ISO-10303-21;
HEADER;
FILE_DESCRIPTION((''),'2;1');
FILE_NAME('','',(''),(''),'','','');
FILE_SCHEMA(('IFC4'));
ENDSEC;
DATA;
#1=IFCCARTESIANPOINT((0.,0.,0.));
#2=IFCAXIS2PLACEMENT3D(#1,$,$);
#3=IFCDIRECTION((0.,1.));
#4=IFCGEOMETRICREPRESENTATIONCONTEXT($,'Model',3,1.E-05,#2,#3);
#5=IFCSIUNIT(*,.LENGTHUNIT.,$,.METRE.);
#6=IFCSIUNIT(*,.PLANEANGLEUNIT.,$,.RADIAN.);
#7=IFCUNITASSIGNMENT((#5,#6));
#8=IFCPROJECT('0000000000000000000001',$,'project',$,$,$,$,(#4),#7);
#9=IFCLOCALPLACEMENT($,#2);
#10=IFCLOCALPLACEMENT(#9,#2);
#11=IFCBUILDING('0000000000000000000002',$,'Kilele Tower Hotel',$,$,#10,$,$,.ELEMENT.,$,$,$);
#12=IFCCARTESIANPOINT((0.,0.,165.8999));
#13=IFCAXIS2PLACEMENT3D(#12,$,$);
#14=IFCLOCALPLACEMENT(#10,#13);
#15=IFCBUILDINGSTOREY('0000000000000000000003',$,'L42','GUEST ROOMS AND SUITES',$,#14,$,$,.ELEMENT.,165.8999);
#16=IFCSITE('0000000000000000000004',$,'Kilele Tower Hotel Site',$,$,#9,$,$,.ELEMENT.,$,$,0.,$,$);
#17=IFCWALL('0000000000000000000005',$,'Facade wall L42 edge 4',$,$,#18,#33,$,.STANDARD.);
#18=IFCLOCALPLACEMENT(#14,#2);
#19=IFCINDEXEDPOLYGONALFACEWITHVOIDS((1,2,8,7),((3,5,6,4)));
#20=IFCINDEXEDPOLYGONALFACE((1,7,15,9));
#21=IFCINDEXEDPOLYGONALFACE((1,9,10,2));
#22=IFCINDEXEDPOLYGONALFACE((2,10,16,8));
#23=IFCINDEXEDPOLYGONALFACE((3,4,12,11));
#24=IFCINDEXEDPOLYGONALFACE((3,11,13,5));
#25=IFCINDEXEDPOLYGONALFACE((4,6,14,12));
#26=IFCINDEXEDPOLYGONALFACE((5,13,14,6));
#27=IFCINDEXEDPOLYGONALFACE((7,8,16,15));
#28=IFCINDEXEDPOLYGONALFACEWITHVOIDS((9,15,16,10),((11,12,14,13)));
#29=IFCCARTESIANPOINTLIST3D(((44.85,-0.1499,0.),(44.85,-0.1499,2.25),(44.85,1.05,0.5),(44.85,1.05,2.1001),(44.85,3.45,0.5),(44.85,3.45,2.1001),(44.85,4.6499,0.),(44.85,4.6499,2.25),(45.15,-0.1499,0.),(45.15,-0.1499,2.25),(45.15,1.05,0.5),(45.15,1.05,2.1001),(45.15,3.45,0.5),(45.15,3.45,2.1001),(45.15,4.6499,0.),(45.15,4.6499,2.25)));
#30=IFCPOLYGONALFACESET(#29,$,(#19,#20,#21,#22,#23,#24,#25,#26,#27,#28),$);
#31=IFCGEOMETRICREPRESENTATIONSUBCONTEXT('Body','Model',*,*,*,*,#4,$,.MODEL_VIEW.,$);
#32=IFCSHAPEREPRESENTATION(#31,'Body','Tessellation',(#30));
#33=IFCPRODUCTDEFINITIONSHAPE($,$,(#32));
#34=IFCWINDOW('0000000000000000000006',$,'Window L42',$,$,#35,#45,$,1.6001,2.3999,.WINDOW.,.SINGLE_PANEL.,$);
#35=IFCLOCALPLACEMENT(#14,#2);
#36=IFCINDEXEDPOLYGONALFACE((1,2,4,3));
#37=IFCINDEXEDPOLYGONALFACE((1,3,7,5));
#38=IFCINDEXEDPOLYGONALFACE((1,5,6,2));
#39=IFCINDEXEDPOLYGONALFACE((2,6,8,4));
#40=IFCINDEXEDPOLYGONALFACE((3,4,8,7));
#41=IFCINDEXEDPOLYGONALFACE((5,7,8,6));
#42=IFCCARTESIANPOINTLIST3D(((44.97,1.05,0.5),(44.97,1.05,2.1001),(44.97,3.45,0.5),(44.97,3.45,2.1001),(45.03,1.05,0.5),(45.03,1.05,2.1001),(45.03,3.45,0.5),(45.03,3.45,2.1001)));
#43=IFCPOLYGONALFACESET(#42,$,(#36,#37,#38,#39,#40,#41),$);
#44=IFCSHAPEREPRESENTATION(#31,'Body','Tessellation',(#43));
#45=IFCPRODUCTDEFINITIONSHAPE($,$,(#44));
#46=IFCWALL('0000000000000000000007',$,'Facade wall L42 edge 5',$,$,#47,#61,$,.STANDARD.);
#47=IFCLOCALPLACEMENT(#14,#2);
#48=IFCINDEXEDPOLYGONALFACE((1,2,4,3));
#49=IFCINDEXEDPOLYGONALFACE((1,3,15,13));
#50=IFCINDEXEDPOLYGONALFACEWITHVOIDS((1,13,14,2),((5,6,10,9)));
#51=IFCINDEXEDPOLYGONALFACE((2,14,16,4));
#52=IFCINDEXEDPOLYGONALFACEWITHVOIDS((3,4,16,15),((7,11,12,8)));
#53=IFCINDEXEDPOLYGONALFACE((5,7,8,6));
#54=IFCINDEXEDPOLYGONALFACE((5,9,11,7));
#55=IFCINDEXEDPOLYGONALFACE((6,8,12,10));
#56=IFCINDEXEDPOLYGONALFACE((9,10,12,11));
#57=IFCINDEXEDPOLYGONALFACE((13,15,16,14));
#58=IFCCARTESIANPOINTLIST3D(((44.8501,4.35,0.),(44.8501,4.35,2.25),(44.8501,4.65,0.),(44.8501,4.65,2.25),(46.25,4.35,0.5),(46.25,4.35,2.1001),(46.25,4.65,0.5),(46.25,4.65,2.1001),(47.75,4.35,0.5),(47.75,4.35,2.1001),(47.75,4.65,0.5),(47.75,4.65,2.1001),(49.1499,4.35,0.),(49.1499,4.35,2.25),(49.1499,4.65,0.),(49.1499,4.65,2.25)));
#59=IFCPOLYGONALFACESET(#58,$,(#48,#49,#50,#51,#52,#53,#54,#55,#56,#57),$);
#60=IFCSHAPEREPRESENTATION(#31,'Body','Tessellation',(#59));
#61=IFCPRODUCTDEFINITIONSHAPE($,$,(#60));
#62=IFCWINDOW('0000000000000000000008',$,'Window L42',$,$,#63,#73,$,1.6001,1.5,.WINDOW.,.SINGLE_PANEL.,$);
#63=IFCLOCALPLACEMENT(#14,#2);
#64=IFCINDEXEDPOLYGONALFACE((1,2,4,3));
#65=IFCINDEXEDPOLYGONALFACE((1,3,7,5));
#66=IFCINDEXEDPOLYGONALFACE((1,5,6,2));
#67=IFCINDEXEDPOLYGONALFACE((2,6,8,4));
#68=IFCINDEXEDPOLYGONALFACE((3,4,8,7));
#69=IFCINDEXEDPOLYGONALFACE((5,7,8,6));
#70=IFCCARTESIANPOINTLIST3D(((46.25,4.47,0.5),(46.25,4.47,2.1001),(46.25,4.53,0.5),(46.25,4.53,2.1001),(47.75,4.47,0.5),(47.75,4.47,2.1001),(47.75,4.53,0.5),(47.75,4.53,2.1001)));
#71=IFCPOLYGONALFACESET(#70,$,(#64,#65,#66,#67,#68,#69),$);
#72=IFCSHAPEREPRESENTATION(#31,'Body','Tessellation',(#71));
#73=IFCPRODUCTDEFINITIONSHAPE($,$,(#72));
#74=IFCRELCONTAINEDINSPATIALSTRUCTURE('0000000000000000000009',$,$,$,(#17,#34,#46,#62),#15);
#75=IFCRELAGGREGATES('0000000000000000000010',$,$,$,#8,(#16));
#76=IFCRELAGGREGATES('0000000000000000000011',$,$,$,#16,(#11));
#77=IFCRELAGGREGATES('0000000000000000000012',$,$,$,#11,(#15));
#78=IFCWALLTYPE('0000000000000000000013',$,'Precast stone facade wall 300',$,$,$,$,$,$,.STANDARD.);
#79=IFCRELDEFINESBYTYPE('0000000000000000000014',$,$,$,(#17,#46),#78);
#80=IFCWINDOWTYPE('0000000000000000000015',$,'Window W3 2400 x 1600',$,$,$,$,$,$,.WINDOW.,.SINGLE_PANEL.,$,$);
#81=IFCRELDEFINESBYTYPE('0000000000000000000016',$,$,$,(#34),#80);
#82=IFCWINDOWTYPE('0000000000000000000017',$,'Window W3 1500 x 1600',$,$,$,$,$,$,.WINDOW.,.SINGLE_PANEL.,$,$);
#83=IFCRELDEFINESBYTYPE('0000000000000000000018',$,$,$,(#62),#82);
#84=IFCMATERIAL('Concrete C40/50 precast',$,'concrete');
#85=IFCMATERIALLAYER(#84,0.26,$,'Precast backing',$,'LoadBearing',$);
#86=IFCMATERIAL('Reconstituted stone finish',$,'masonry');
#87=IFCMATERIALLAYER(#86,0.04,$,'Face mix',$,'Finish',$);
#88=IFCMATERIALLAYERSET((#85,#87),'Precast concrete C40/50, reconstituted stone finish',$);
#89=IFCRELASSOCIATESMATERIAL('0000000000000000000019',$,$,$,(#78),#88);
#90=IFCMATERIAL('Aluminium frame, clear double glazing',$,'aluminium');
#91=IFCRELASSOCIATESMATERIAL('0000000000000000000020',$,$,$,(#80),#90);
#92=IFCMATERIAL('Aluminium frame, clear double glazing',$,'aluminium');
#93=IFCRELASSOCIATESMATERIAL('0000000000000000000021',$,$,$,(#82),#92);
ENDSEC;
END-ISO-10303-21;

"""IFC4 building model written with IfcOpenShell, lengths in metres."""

from ifc_helpers import new_model, si_unit, direction, frame, frame_2d, origin, place, context, subcontext, project, spatial, rectangle, extrude, material, layer, layer_set, type_object, element, fill, save


model = new_model("IFC4")

# Units and contexts
model_context = context("Model", 3, precision=1e-05, world=origin(), true_north=direction((0.0, 1.0)))
body_context = subcontext(model_context, "Body", "Model", "MODEL_VIEW")
ifc_project = project(units=[si_unit("LENGTHUNIT", "METRE"), si_unit("PLANEANGLEUNIT", "RADIAN")], contexts=[model_context])

# Site, building, storey
site_placement = place(None, origin())
site = spatial("IfcSite", under=ifc_project, at=site_placement, Name="Kilele Tower Hotel Site", CompositionType="ELEMENT", RefElevation=0.0)
building_placement = place(site_placement, origin())
building = spatial("IfcBuilding", under=site, at=building_placement, Name="Kilele Tower Hotel", CompositionType="ELEMENT")
storey_placement = place(building_placement, frame((0.0, 0.0, 165.8999)))
storey = spatial("IfcBuildingStorey", under=building, at=storey_placement, Name="L42", Description="GUEST ROOMS AND SUITES", CompositionType="ELEMENT", Elevation=165.8999)

# Walls, openings, windows
ifc_material_1 = material(Name="Concrete C40/50 precast", Category="concrete")
ifc_layer_1 = layer(ifc_material_1, 0.26, Name="Precast backing", Category="LoadBearing")
ifc_material_2 = material(Name="Reconstituted stone finish", Category="masonry")
ifc_layer_2 = layer(ifc_material_2, 0.04, Name="Face mix", Category="Finish")
ifc_layer_set_1 = layer_set([ifc_layer_1, ifc_layer_2], Name="Precast concrete C40/50, reconstituted stone finish")
wall_type_1 = type_object("IfcWallType", Name="Precast stone facade wall 300", PredefinedType="STANDARD", material=ifc_layer_set_1)
wall_1_placement = place(storey_placement, frame((45.0, -0.1499, 0.0), z_axis=(0.0, 0.0, 1.0), x_axis=(0.0, 1.0, 0.0)))
wall_1 = element("IfcWall", 1, at=wall_1_placement, inside=storey, type_object=wall_type_1, Name="Facade wall L42 edge 4", PredefinedType="STANDARD", context=body_context, shape_type="SweptSolid", body=[
    extrude(rectangle(XDim=4.7998, YDim=0.3, at=frame_2d((2.3999, 0.0))), origin(), (0.0, 0.0, 1.0), 2.25),
])
opening_1_placement = place(wall_1_placement, frame((1.2, 0.0, 0.5)))
opening_1 = element("IfcOpeningElement", 2, at=opening_1_placement, cuts=wall_1, PredefinedType="OPENING", context=body_context, shape_type="SweptSolid", body=[
    extrude(rectangle(XDim=2.3999, YDim=1.6001, at=frame_2d((1.2, 0.8))), frame((0.0, 0.1599, 0.0), z_axis=(0.0, -1.0, 0.0), x_axis=(1.0, 0.0, 0.0)), (0.0, 0.0, 1.0), 0.3201),
])
ifc_material_3 = material(Name="Aluminium frame, clear double glazing", Category="aluminium")
window_type_1 = type_object("IfcWindowType", Name="Window W3 2400 x 1600", PartitioningType="SINGLE_PANEL", PredefinedType="WINDOW", material=ifc_material_3)
window_1_placement = place(opening_1_placement, origin())
window_1 = element("IfcWindow", 3, at=window_1_placement, inside=storey, type_object=window_type_1, Name="Window L42", OverallHeight=1.6001, OverallWidth=2.3999, PartitioningType="SINGLE_PANEL", PredefinedType="WINDOW", context=body_context, shape_type="SweptSolid", body=[
    extrude(rectangle(XDim=2.3999, YDim=1.6001, at=frame_2d((1.2, 0.8))), frame((0.0, 0.03, 0.0), z_axis=(0.0, -1.0, 0.0), x_axis=(1.0, 0.0, 0.0)), (0.0, 0.0, 1.0), 0.0601),
])
fill(opening_1, window_1)
wall_2_placement = place(storey_placement, frame((44.8501, 4.5, 0.0), z_axis=(0.0, 0.0, 1.0), x_axis=(1.0, 0.0, 0.0)))
wall_2 = element("IfcWall", 4, at=wall_2_placement, inside=storey, type_object=wall_type_1, Name="Facade wall L42 edge 5", PredefinedType="STANDARD", context=body_context, shape_type="SweptSolid", body=[
    extrude(rectangle(XDim=4.2998, YDim=0.3, at=frame_2d((2.1499, 0.0))), origin(), (0.0, 0.0, 1.0), 2.25),
])
opening_2_placement = place(wall_2_placement, frame((1.3999, 0.0, 0.5)))
opening_2 = element("IfcOpeningElement", 5, at=opening_2_placement, cuts=wall_2, PredefinedType="OPENING", context=body_context, shape_type="SweptSolid", body=[
    extrude(rectangle(XDim=1.5, YDim=1.6001, at=frame_2d((0.75, 0.8))), frame((0.0, 0.1599, 0.0), z_axis=(0.0, -1.0, 0.0), x_axis=(1.0, 0.0, 0.0)), (0.0, 0.0, 1.0), 0.3201),
])
ifc_material_4 = material(Name="Aluminium frame, clear double glazing", Category="aluminium")
window_type_2 = type_object("IfcWindowType", Name="Window W3 1500 x 1600", PartitioningType="SINGLE_PANEL", PredefinedType="WINDOW", material=ifc_material_4)
window_2_placement = place(opening_2_placement, origin())
window_2 = element("IfcWindow", 6, at=window_2_placement, inside=storey, type_object=window_type_2, Name="Window L42", OverallHeight=1.6001, OverallWidth=1.5, PartitioningType="SINGLE_PANEL", PredefinedType="WINDOW", context=body_context, shape_type="SweptSolid", body=[
    extrude(rectangle(XDim=1.5, YDim=1.6001, at=frame_2d((0.75, 0.8))), frame((0.0, 0.03, 0.0), z_axis=(0.0, -1.0, 0.0), x_axis=(1.0, 0.0, 0.0)), (0.0, 0.0, 1.0), 0.0601),
])
fill(opening_2, window_2)

save(model, "model.ifc")
